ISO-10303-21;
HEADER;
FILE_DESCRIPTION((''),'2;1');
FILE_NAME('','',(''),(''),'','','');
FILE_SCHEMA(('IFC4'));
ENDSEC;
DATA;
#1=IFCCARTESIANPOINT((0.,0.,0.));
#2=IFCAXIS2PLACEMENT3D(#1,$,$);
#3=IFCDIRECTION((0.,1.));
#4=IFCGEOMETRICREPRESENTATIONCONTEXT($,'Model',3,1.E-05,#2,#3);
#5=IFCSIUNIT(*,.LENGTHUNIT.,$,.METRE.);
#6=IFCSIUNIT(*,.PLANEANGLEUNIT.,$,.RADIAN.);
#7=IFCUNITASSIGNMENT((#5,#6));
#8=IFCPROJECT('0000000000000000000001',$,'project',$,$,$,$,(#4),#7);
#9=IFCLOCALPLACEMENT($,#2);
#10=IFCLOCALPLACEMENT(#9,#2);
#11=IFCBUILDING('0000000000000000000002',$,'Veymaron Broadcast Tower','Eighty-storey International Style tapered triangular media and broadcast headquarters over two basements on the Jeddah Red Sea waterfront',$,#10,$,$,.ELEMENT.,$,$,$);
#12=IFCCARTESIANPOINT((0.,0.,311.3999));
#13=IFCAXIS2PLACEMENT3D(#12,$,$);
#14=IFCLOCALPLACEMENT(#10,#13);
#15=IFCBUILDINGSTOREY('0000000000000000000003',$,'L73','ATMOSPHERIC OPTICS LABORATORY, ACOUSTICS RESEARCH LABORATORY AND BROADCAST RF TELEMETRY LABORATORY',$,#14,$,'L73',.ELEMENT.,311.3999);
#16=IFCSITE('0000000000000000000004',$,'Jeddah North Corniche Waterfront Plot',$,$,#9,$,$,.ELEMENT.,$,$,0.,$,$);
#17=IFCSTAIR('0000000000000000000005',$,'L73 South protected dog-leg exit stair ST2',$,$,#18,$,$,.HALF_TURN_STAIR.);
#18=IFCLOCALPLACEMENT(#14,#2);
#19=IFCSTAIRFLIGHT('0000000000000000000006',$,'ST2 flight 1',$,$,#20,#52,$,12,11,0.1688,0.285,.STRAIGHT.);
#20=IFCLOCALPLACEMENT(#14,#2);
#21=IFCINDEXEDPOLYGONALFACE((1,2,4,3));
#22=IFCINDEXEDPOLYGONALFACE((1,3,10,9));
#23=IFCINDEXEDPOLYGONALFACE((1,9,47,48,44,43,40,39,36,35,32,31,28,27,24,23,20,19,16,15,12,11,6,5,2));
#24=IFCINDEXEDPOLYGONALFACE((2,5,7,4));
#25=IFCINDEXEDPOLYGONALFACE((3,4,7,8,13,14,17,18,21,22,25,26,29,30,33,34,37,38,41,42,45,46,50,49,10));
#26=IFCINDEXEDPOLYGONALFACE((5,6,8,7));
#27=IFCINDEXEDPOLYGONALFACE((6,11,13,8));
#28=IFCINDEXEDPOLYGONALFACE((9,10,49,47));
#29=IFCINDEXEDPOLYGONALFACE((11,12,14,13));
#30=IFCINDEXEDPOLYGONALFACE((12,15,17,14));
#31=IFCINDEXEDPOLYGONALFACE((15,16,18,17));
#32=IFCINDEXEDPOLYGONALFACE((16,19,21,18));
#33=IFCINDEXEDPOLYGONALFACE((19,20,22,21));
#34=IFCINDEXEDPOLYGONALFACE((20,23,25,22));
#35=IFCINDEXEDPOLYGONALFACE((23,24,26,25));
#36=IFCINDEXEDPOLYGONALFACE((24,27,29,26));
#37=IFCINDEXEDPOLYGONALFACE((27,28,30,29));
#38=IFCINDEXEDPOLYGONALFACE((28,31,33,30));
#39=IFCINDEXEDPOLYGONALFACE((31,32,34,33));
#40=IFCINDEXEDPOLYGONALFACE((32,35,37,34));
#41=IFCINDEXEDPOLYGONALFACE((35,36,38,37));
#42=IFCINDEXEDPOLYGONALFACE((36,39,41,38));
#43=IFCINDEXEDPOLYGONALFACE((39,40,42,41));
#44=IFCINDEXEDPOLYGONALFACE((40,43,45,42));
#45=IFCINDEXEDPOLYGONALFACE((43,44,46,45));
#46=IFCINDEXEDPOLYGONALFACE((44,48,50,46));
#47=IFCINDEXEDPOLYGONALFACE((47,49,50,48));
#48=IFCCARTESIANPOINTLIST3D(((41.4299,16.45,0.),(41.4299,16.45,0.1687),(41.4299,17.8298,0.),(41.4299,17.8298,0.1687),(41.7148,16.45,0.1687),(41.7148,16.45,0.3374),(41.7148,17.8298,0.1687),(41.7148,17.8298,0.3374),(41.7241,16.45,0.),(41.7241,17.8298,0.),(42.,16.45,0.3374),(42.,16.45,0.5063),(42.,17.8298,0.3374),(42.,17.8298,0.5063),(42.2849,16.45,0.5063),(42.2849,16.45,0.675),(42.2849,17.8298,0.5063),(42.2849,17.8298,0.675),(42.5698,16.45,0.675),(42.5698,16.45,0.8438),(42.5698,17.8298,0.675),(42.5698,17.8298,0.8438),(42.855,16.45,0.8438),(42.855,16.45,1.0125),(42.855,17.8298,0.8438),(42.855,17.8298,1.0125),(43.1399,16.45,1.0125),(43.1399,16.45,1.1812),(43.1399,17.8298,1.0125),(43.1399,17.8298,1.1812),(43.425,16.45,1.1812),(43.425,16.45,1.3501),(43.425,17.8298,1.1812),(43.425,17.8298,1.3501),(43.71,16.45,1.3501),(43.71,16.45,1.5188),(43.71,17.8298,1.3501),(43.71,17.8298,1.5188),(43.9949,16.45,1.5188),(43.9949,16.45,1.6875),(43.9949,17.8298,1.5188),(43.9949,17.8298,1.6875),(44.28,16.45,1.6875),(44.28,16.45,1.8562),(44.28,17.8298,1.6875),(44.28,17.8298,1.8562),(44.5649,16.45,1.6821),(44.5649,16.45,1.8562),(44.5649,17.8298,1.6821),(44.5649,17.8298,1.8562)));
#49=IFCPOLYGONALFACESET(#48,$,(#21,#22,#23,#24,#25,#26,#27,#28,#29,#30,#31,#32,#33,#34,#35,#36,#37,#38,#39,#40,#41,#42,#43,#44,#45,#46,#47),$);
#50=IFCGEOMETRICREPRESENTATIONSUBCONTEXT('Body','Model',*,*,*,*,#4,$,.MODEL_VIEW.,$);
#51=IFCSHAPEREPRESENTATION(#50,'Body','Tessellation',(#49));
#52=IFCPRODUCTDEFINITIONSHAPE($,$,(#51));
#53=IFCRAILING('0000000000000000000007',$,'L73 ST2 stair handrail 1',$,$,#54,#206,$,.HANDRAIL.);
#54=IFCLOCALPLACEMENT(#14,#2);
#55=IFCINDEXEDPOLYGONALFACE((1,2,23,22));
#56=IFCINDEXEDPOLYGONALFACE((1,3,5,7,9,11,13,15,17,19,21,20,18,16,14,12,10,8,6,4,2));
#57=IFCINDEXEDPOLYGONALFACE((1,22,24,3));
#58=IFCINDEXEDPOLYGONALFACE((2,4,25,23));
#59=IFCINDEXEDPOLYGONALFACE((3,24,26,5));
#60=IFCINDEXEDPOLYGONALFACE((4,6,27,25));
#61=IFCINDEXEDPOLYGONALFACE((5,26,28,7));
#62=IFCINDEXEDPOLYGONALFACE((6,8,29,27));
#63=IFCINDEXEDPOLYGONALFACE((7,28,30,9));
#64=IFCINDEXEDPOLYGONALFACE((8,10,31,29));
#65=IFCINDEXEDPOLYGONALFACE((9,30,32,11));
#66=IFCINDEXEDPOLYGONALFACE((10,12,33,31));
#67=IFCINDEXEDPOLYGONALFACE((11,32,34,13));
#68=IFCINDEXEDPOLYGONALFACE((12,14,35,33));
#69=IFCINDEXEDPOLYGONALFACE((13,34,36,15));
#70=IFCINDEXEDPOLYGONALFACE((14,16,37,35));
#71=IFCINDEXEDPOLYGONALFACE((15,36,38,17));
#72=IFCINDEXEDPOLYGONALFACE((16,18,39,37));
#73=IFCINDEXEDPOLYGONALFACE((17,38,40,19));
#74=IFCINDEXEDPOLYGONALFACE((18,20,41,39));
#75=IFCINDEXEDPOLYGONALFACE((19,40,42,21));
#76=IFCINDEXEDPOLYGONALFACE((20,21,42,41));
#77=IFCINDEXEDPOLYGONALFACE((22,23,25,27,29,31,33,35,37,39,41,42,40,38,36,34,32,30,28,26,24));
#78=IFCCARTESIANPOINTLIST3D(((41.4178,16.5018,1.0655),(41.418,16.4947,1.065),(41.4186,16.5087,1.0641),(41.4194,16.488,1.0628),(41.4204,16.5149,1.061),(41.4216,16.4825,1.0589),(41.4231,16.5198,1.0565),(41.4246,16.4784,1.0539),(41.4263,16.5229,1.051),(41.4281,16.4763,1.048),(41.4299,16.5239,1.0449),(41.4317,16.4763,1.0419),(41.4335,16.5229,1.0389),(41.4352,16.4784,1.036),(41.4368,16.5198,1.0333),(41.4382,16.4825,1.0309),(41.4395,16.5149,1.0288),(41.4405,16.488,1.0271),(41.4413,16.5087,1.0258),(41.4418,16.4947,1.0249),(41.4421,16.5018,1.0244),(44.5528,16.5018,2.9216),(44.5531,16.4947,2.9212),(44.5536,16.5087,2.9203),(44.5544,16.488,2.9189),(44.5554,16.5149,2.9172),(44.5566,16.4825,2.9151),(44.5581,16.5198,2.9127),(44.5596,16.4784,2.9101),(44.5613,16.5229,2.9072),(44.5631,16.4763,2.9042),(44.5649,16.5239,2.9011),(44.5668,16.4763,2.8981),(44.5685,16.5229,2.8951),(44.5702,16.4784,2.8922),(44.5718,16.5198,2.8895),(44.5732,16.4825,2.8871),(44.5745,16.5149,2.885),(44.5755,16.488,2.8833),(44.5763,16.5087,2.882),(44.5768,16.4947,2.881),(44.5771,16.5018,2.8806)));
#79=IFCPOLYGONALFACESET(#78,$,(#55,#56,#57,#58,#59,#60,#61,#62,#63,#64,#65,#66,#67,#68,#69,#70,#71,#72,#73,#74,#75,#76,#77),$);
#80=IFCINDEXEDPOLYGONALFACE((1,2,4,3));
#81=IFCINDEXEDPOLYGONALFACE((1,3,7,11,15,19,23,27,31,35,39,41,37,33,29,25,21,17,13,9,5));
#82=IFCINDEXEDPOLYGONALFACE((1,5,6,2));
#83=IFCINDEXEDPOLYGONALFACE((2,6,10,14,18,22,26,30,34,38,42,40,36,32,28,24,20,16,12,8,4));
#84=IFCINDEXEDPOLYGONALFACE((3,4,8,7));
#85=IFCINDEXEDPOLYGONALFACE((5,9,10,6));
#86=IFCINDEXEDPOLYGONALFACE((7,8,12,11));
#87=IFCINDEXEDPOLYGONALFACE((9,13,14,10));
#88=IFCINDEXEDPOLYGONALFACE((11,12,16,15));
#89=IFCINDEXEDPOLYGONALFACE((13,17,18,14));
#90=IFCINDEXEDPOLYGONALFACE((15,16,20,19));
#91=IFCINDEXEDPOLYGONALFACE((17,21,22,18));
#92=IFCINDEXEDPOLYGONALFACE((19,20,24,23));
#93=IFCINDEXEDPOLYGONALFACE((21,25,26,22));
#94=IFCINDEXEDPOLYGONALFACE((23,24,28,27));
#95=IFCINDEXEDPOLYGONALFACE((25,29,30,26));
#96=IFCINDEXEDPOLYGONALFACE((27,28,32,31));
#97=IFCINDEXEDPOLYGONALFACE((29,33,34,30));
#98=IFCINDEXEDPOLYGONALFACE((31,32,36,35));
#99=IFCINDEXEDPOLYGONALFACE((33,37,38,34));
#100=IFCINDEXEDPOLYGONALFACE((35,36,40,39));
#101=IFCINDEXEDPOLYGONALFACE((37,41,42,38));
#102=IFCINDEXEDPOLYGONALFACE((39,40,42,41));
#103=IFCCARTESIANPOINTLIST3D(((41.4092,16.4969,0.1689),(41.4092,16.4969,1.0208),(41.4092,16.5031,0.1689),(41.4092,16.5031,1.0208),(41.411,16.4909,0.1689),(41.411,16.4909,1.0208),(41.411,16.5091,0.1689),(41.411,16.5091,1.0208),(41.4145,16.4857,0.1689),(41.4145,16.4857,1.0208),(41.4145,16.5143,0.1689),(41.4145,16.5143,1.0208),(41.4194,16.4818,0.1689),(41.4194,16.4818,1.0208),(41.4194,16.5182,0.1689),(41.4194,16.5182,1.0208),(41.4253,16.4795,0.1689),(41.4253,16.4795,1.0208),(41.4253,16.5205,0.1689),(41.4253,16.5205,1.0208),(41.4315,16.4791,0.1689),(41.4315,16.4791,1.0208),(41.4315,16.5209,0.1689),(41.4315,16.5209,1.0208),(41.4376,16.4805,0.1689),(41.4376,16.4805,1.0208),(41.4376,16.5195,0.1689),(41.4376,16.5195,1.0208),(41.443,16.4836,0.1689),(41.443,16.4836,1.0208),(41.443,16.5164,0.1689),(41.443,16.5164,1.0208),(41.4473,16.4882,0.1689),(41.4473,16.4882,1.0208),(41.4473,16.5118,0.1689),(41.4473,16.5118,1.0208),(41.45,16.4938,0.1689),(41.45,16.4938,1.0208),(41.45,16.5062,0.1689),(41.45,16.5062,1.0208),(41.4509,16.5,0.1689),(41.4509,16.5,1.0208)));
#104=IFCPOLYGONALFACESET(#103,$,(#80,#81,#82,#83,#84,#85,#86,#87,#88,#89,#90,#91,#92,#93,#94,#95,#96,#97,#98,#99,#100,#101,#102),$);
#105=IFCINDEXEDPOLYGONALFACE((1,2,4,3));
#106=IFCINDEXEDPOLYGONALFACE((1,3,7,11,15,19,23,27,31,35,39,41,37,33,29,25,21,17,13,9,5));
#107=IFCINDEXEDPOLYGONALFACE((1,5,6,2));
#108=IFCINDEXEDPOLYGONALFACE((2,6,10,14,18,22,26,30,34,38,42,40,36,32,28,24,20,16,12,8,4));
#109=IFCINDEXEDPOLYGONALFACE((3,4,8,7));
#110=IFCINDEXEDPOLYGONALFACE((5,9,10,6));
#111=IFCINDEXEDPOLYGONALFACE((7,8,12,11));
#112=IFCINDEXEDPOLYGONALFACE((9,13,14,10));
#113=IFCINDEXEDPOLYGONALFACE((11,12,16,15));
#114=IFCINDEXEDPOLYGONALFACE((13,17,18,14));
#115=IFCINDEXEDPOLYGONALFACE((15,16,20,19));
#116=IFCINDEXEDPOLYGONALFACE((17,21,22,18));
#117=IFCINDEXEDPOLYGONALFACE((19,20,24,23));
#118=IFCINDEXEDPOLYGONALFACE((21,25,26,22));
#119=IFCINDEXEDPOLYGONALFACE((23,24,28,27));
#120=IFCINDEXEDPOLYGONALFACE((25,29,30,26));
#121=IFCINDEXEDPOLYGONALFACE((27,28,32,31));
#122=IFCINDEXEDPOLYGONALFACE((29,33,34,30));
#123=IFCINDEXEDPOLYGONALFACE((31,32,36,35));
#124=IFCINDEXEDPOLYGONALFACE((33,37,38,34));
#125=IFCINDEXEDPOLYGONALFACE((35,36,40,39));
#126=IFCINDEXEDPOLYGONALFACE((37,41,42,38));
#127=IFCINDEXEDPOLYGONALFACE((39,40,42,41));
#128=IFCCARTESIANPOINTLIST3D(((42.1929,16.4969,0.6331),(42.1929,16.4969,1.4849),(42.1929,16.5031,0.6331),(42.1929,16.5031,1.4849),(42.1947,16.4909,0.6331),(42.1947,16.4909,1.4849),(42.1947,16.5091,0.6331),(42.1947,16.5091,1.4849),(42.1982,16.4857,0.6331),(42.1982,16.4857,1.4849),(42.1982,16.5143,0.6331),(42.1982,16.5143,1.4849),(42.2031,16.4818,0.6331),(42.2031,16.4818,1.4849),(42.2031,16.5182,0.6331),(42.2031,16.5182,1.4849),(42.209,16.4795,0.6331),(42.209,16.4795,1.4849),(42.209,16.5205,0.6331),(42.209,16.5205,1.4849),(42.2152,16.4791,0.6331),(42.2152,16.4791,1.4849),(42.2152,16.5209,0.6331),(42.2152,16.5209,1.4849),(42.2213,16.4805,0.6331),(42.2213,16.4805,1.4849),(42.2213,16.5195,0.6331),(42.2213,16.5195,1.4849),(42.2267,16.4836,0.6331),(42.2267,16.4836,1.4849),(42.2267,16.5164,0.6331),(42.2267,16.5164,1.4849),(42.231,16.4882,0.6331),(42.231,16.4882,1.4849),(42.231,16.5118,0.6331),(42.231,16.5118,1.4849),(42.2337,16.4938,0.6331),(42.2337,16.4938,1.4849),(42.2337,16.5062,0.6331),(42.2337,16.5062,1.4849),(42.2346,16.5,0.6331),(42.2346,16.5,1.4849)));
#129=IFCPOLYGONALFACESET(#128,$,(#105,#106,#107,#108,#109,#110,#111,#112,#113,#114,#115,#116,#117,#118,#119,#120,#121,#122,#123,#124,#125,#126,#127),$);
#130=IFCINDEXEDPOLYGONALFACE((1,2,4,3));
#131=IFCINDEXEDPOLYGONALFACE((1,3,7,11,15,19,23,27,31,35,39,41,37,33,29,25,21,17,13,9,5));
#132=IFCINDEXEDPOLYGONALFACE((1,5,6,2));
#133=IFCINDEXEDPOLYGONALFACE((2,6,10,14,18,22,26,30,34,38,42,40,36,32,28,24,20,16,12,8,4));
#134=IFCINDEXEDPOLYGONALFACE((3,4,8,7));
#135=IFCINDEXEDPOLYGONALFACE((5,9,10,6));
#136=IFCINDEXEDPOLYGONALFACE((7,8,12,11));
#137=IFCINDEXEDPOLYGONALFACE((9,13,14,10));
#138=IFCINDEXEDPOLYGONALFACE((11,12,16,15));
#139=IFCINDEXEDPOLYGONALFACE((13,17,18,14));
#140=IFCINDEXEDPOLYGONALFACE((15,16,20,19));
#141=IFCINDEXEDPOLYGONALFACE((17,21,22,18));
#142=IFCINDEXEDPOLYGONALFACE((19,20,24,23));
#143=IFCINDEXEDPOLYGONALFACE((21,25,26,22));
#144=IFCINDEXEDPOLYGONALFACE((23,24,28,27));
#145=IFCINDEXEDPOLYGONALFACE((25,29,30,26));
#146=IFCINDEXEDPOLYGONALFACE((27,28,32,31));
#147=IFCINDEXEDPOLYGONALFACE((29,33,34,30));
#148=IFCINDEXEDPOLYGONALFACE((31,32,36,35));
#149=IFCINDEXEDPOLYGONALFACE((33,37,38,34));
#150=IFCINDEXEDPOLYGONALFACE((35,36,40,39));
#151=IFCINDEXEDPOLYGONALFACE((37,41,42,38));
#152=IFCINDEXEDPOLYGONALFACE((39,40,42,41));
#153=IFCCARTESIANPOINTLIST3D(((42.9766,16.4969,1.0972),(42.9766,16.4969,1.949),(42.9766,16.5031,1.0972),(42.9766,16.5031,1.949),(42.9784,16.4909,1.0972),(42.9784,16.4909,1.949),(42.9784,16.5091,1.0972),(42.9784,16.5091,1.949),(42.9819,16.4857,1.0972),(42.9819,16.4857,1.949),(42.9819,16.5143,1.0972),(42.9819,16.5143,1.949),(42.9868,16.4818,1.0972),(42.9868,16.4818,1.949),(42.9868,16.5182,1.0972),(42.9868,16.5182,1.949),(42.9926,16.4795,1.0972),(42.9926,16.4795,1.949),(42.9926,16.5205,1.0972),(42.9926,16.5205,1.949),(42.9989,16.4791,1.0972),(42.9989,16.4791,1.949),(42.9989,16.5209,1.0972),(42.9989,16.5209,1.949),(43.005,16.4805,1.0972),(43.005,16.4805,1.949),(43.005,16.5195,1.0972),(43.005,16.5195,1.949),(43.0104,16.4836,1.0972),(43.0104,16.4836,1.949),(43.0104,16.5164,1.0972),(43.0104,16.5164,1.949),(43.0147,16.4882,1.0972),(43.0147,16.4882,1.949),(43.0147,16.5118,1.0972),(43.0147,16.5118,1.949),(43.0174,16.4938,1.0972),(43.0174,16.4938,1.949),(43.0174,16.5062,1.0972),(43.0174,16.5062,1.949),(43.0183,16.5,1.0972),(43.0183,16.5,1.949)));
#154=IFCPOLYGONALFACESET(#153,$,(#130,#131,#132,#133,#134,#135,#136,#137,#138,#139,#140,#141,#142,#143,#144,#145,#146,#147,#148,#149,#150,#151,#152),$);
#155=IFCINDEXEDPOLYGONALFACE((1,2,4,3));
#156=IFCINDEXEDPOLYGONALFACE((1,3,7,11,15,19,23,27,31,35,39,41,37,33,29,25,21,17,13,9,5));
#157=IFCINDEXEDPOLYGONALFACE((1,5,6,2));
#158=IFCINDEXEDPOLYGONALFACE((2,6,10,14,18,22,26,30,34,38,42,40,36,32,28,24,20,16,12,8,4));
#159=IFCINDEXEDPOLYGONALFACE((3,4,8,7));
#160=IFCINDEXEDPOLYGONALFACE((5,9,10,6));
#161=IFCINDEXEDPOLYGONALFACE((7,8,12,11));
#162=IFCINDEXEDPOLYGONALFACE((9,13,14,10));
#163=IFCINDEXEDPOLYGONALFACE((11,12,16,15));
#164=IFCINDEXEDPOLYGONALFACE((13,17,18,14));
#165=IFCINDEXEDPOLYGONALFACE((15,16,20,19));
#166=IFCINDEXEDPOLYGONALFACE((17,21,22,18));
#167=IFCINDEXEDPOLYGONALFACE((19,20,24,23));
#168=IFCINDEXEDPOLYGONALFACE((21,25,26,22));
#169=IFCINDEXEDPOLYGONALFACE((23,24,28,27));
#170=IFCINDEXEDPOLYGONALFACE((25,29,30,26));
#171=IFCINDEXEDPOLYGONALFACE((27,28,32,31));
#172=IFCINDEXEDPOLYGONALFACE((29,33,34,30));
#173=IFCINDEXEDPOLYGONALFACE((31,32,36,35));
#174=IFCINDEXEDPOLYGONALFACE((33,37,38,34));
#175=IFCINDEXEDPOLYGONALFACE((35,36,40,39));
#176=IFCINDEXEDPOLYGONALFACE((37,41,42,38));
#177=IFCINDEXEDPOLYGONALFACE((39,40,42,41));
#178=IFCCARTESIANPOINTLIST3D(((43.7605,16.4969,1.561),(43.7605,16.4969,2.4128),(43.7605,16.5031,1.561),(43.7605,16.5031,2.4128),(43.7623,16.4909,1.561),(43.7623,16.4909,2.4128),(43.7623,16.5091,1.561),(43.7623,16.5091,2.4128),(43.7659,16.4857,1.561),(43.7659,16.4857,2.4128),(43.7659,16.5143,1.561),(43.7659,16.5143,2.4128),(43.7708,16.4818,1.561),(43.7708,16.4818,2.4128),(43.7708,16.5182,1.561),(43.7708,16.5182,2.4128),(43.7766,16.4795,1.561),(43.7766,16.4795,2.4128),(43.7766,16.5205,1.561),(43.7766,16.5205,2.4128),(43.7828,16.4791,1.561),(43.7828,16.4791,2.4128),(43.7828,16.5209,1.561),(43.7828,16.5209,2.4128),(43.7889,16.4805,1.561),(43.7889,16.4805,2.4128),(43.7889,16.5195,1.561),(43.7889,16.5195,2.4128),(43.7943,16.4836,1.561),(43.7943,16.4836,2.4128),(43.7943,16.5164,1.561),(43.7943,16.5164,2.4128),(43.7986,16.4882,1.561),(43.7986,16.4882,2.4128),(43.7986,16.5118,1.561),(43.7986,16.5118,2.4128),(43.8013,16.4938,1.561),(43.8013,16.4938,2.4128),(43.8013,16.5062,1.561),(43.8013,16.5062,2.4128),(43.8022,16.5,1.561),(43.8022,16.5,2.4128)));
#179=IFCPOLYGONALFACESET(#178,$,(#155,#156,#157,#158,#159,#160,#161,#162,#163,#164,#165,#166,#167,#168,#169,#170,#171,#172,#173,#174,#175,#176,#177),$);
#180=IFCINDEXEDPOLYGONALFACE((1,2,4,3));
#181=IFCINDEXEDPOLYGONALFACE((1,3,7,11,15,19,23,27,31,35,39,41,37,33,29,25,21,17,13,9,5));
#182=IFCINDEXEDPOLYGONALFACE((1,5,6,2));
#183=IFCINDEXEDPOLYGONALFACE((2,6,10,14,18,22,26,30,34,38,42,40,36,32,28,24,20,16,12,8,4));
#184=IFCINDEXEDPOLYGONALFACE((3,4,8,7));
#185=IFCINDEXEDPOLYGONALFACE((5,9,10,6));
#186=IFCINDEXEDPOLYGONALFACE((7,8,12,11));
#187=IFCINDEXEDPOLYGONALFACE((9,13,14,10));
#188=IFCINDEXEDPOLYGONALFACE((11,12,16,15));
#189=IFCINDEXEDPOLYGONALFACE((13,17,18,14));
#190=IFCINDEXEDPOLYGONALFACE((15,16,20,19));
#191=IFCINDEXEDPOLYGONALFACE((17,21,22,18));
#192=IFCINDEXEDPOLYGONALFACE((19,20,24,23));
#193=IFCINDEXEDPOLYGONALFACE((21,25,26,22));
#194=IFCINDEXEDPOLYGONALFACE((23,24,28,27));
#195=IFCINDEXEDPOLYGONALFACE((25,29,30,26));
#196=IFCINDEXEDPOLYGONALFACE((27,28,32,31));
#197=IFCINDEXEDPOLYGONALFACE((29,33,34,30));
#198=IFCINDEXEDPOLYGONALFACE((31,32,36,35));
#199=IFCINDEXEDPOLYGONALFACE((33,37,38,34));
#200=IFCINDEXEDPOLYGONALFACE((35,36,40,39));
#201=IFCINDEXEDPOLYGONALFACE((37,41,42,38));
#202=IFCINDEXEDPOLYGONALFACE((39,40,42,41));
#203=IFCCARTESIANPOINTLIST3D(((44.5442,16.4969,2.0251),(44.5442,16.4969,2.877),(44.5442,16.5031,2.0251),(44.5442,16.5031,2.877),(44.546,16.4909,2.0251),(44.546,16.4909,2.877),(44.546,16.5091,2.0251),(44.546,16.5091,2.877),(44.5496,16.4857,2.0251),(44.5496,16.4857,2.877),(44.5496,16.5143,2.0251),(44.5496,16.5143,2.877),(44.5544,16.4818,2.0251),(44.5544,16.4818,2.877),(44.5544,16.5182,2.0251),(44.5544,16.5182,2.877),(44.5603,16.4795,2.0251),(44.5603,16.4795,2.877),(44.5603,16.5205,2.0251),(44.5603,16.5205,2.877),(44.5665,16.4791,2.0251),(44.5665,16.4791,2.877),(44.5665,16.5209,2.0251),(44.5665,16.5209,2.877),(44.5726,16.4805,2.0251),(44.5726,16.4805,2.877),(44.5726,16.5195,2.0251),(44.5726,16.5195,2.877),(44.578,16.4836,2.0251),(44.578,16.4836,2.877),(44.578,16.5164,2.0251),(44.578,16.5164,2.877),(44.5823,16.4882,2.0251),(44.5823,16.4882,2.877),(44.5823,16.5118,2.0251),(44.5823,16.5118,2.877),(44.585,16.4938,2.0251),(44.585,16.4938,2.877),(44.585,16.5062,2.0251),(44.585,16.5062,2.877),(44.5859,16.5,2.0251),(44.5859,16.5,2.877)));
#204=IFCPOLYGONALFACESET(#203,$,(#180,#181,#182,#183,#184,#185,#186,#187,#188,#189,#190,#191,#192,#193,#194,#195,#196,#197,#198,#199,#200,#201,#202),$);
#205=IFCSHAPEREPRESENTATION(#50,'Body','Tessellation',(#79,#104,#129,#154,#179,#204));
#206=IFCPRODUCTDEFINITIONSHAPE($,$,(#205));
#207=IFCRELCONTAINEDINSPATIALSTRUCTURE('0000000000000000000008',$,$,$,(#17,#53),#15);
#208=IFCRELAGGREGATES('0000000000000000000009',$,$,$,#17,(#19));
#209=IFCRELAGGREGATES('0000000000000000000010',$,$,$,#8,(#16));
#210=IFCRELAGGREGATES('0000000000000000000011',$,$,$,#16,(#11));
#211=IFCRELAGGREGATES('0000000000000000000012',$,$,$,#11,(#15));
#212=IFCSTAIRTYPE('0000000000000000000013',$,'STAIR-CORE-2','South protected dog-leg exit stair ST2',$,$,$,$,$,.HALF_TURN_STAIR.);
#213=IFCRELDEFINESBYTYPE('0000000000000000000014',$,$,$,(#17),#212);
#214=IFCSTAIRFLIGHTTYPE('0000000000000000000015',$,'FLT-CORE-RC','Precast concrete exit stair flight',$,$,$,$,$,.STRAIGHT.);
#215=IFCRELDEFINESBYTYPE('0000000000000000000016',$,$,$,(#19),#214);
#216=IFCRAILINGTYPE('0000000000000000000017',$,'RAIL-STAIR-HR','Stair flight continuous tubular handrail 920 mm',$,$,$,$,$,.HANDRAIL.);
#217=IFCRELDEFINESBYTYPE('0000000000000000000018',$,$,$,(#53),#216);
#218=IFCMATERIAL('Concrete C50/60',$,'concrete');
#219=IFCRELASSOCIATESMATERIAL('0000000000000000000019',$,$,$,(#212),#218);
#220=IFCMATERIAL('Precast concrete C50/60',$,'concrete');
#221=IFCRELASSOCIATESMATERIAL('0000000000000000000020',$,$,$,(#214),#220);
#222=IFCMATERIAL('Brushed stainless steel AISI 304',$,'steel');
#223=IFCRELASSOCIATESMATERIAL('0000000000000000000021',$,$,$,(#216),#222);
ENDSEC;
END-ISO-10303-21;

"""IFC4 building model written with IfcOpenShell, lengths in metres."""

from ifc_helpers import new_model, si_unit, direction, frame, origin, origin_2d, place, context, subcontext, project, spatial, polyline, circle, outline, extrude, material, type_object, element, aggregate, save


model = new_model("IFC4")

# Units and contexts
model_context = context("Model", 3, precision=1e-05, world=origin(), true_north=direction((0.0, 1.0)))
body_context = subcontext(model_context, "Body", "Model", "MODEL_VIEW")
ifc_project = project(units=[si_unit("LENGTHUNIT", "METRE"), si_unit("PLANEANGLEUNIT", "RADIAN")], contexts=[model_context])

# Site, building, storey
site_placement = place(None, origin())
site = spatial("IfcSite", under=ifc_project, at=site_placement, Name="Jeddah North Corniche Waterfront Plot", CompositionType="ELEMENT", RefElevation=0.0)
building_placement = place(site_placement, origin())
building = spatial("IfcBuilding", under=site, at=building_placement, Name="Veymaron Broadcast Tower", Description="Eighty-storey International Style tapered triangular media and broadcast headquarters over two basements on the Jeddah Red Sea waterfront", CompositionType="ELEMENT")
storey_placement = place(building_placement, frame((0.0, 0.0, 311.3999)))
storey = spatial("IfcBuildingStorey", under=building, at=storey_placement, Name="L73", Description="ATMOSPHERIC OPTICS LABORATORY, ACOUSTICS RESEARCH LABORATORY AND BROADCAST RF TELEMETRY LABORATORY", LongName="L73", CompositionType="ELEMENT", Elevation=311.3999)

# Shared definitions
ifc_material_1 = material(Name="Concrete C50/60", Category="concrete")

# Stair, stair flight
stair_type = type_object("IfcStairType", Name="STAIR-CORE-2", Description="South protected dog-leg exit stair ST2", PredefinedType="HALF_TURN_STAIR", material=ifc_material_1)
stair_placement = place(storey_placement, origin())
stair = element("IfcStair", 1, at=stair_placement, inside=storey, type_object=stair_type, Name="L73 South protected dog-leg exit stair ST2", PredefinedType="HALF_TURN_STAIR")
ifc_material_2 = material(Name="Precast concrete C50/60", Category="concrete")
stair_flight_type = type_object("IfcStairFlightType", Name="FLT-CORE-RC", Description="Precast concrete exit stair flight", PredefinedType="STRAIGHT", material=ifc_material_2)
stair_flight_placement = place(storey_placement, frame((41.4299, 17.1399, 0.0), z_axis=(0.0, 0.0, 1.0), x_axis=(1.0, 0.0, 0.0)))
stair_flight = element("IfcStairFlight", 2, at=stair_flight_placement, type_object=stair_flight_type, Name="ST2 flight 1", NumberOfRisers=12, NumberOfTreads=11, PredefinedType="STRAIGHT", RiserHeight=0.1688, TreadLength=0.285, context=body_context, shape_type="SweptSolid", body=[
    extrude(outline(polyline([(0.0, 0.0), (0.0, 0.1687), (0.2849, 0.1687), (0.2849, 0.3374), (0.5701, 0.3374), (0.5701, 0.5063), (0.855, 0.5063), (0.855, 0.675), (1.1399, 0.675), (1.1399, 0.8438), (1.425, 0.8438), (1.425, 1.0125), (1.71, 1.0125), (1.71, 1.1812), (1.9951, 1.1812), (1.9951, 1.3501), (2.28, 1.3501), (2.28, 1.5188), (2.5649, 1.5188), (2.5649, 1.6875), (2.8501, 1.6875), (2.8501, 1.8562), (3.135, 1.8562), (3.135, 2.0249), (3.135, 1.6821), (0.2942, 0.0), (0.0, 0.0)])), frame((0.0, 0.6899, 0.0), z_axis=(0.0, -1.0, 0.0), x_axis=(1.0, 0.0, 0.0)), (0.0, 0.0, 1.0), 1.3799),
])
aggregate(stair, [stair_flight])

# Railing
ifc_material_3 = material(Name="Brushed stainless steel AISI 304", Category="steel")
railing_type_1 = type_object("IfcRailingType", Name="RAIL-STAIR-HR", Description="Stair flight continuous tubular handrail 920 mm", PredefinedType="HANDRAIL", material=ifc_material_3)
railing_1_placement = place(storey_placement, frame((41.4299, 16.5, 0.1689)))
element("IfcRailing", 3, at=railing_1_placement, inside=storey, type_object=railing_type_1, Name="L73 ST2 stair handrail 1", PredefinedType="HANDRAIL", context=body_context, shape_type="SweptSolid", body=[
    extrude(circle(Radius=0.0239, at=origin_2d()), frame((0.0, 0.0, 0.876), z_axis=(0.860482, 0.0, 0.509481), x_axis=(0.0, 1.0, 0.0)), (0.0, 0.0, 1.0), 3.6433),
    extrude(circle(Radius=0.021, at=origin_2d()), origin(), (0.0, 0.0, 1.0), 0.8518),
    extrude(circle(Radius=0.021, at=origin_2d()), frame((0.7837, 0.0, 0.4641)), (0.0, 0.0, 1.0), 0.8518),
    extrude(circle(Radius=0.021, at=origin_2d()), frame((1.5674, 0.0, 0.9282)), (0.0, 0.0, 1.0), 0.8518),
    extrude(circle(Radius=0.021, at=origin_2d()), frame((2.3513, 0.0, 1.3921)), (0.0, 0.0, 1.0), 0.8518),
    extrude(circle(Radius=0.021, at=origin_2d()), frame((3.135, 0.0, 1.8562)), (0.0, 0.0, 1.0), 0.8518),
])

save(model, "model.ifc")
